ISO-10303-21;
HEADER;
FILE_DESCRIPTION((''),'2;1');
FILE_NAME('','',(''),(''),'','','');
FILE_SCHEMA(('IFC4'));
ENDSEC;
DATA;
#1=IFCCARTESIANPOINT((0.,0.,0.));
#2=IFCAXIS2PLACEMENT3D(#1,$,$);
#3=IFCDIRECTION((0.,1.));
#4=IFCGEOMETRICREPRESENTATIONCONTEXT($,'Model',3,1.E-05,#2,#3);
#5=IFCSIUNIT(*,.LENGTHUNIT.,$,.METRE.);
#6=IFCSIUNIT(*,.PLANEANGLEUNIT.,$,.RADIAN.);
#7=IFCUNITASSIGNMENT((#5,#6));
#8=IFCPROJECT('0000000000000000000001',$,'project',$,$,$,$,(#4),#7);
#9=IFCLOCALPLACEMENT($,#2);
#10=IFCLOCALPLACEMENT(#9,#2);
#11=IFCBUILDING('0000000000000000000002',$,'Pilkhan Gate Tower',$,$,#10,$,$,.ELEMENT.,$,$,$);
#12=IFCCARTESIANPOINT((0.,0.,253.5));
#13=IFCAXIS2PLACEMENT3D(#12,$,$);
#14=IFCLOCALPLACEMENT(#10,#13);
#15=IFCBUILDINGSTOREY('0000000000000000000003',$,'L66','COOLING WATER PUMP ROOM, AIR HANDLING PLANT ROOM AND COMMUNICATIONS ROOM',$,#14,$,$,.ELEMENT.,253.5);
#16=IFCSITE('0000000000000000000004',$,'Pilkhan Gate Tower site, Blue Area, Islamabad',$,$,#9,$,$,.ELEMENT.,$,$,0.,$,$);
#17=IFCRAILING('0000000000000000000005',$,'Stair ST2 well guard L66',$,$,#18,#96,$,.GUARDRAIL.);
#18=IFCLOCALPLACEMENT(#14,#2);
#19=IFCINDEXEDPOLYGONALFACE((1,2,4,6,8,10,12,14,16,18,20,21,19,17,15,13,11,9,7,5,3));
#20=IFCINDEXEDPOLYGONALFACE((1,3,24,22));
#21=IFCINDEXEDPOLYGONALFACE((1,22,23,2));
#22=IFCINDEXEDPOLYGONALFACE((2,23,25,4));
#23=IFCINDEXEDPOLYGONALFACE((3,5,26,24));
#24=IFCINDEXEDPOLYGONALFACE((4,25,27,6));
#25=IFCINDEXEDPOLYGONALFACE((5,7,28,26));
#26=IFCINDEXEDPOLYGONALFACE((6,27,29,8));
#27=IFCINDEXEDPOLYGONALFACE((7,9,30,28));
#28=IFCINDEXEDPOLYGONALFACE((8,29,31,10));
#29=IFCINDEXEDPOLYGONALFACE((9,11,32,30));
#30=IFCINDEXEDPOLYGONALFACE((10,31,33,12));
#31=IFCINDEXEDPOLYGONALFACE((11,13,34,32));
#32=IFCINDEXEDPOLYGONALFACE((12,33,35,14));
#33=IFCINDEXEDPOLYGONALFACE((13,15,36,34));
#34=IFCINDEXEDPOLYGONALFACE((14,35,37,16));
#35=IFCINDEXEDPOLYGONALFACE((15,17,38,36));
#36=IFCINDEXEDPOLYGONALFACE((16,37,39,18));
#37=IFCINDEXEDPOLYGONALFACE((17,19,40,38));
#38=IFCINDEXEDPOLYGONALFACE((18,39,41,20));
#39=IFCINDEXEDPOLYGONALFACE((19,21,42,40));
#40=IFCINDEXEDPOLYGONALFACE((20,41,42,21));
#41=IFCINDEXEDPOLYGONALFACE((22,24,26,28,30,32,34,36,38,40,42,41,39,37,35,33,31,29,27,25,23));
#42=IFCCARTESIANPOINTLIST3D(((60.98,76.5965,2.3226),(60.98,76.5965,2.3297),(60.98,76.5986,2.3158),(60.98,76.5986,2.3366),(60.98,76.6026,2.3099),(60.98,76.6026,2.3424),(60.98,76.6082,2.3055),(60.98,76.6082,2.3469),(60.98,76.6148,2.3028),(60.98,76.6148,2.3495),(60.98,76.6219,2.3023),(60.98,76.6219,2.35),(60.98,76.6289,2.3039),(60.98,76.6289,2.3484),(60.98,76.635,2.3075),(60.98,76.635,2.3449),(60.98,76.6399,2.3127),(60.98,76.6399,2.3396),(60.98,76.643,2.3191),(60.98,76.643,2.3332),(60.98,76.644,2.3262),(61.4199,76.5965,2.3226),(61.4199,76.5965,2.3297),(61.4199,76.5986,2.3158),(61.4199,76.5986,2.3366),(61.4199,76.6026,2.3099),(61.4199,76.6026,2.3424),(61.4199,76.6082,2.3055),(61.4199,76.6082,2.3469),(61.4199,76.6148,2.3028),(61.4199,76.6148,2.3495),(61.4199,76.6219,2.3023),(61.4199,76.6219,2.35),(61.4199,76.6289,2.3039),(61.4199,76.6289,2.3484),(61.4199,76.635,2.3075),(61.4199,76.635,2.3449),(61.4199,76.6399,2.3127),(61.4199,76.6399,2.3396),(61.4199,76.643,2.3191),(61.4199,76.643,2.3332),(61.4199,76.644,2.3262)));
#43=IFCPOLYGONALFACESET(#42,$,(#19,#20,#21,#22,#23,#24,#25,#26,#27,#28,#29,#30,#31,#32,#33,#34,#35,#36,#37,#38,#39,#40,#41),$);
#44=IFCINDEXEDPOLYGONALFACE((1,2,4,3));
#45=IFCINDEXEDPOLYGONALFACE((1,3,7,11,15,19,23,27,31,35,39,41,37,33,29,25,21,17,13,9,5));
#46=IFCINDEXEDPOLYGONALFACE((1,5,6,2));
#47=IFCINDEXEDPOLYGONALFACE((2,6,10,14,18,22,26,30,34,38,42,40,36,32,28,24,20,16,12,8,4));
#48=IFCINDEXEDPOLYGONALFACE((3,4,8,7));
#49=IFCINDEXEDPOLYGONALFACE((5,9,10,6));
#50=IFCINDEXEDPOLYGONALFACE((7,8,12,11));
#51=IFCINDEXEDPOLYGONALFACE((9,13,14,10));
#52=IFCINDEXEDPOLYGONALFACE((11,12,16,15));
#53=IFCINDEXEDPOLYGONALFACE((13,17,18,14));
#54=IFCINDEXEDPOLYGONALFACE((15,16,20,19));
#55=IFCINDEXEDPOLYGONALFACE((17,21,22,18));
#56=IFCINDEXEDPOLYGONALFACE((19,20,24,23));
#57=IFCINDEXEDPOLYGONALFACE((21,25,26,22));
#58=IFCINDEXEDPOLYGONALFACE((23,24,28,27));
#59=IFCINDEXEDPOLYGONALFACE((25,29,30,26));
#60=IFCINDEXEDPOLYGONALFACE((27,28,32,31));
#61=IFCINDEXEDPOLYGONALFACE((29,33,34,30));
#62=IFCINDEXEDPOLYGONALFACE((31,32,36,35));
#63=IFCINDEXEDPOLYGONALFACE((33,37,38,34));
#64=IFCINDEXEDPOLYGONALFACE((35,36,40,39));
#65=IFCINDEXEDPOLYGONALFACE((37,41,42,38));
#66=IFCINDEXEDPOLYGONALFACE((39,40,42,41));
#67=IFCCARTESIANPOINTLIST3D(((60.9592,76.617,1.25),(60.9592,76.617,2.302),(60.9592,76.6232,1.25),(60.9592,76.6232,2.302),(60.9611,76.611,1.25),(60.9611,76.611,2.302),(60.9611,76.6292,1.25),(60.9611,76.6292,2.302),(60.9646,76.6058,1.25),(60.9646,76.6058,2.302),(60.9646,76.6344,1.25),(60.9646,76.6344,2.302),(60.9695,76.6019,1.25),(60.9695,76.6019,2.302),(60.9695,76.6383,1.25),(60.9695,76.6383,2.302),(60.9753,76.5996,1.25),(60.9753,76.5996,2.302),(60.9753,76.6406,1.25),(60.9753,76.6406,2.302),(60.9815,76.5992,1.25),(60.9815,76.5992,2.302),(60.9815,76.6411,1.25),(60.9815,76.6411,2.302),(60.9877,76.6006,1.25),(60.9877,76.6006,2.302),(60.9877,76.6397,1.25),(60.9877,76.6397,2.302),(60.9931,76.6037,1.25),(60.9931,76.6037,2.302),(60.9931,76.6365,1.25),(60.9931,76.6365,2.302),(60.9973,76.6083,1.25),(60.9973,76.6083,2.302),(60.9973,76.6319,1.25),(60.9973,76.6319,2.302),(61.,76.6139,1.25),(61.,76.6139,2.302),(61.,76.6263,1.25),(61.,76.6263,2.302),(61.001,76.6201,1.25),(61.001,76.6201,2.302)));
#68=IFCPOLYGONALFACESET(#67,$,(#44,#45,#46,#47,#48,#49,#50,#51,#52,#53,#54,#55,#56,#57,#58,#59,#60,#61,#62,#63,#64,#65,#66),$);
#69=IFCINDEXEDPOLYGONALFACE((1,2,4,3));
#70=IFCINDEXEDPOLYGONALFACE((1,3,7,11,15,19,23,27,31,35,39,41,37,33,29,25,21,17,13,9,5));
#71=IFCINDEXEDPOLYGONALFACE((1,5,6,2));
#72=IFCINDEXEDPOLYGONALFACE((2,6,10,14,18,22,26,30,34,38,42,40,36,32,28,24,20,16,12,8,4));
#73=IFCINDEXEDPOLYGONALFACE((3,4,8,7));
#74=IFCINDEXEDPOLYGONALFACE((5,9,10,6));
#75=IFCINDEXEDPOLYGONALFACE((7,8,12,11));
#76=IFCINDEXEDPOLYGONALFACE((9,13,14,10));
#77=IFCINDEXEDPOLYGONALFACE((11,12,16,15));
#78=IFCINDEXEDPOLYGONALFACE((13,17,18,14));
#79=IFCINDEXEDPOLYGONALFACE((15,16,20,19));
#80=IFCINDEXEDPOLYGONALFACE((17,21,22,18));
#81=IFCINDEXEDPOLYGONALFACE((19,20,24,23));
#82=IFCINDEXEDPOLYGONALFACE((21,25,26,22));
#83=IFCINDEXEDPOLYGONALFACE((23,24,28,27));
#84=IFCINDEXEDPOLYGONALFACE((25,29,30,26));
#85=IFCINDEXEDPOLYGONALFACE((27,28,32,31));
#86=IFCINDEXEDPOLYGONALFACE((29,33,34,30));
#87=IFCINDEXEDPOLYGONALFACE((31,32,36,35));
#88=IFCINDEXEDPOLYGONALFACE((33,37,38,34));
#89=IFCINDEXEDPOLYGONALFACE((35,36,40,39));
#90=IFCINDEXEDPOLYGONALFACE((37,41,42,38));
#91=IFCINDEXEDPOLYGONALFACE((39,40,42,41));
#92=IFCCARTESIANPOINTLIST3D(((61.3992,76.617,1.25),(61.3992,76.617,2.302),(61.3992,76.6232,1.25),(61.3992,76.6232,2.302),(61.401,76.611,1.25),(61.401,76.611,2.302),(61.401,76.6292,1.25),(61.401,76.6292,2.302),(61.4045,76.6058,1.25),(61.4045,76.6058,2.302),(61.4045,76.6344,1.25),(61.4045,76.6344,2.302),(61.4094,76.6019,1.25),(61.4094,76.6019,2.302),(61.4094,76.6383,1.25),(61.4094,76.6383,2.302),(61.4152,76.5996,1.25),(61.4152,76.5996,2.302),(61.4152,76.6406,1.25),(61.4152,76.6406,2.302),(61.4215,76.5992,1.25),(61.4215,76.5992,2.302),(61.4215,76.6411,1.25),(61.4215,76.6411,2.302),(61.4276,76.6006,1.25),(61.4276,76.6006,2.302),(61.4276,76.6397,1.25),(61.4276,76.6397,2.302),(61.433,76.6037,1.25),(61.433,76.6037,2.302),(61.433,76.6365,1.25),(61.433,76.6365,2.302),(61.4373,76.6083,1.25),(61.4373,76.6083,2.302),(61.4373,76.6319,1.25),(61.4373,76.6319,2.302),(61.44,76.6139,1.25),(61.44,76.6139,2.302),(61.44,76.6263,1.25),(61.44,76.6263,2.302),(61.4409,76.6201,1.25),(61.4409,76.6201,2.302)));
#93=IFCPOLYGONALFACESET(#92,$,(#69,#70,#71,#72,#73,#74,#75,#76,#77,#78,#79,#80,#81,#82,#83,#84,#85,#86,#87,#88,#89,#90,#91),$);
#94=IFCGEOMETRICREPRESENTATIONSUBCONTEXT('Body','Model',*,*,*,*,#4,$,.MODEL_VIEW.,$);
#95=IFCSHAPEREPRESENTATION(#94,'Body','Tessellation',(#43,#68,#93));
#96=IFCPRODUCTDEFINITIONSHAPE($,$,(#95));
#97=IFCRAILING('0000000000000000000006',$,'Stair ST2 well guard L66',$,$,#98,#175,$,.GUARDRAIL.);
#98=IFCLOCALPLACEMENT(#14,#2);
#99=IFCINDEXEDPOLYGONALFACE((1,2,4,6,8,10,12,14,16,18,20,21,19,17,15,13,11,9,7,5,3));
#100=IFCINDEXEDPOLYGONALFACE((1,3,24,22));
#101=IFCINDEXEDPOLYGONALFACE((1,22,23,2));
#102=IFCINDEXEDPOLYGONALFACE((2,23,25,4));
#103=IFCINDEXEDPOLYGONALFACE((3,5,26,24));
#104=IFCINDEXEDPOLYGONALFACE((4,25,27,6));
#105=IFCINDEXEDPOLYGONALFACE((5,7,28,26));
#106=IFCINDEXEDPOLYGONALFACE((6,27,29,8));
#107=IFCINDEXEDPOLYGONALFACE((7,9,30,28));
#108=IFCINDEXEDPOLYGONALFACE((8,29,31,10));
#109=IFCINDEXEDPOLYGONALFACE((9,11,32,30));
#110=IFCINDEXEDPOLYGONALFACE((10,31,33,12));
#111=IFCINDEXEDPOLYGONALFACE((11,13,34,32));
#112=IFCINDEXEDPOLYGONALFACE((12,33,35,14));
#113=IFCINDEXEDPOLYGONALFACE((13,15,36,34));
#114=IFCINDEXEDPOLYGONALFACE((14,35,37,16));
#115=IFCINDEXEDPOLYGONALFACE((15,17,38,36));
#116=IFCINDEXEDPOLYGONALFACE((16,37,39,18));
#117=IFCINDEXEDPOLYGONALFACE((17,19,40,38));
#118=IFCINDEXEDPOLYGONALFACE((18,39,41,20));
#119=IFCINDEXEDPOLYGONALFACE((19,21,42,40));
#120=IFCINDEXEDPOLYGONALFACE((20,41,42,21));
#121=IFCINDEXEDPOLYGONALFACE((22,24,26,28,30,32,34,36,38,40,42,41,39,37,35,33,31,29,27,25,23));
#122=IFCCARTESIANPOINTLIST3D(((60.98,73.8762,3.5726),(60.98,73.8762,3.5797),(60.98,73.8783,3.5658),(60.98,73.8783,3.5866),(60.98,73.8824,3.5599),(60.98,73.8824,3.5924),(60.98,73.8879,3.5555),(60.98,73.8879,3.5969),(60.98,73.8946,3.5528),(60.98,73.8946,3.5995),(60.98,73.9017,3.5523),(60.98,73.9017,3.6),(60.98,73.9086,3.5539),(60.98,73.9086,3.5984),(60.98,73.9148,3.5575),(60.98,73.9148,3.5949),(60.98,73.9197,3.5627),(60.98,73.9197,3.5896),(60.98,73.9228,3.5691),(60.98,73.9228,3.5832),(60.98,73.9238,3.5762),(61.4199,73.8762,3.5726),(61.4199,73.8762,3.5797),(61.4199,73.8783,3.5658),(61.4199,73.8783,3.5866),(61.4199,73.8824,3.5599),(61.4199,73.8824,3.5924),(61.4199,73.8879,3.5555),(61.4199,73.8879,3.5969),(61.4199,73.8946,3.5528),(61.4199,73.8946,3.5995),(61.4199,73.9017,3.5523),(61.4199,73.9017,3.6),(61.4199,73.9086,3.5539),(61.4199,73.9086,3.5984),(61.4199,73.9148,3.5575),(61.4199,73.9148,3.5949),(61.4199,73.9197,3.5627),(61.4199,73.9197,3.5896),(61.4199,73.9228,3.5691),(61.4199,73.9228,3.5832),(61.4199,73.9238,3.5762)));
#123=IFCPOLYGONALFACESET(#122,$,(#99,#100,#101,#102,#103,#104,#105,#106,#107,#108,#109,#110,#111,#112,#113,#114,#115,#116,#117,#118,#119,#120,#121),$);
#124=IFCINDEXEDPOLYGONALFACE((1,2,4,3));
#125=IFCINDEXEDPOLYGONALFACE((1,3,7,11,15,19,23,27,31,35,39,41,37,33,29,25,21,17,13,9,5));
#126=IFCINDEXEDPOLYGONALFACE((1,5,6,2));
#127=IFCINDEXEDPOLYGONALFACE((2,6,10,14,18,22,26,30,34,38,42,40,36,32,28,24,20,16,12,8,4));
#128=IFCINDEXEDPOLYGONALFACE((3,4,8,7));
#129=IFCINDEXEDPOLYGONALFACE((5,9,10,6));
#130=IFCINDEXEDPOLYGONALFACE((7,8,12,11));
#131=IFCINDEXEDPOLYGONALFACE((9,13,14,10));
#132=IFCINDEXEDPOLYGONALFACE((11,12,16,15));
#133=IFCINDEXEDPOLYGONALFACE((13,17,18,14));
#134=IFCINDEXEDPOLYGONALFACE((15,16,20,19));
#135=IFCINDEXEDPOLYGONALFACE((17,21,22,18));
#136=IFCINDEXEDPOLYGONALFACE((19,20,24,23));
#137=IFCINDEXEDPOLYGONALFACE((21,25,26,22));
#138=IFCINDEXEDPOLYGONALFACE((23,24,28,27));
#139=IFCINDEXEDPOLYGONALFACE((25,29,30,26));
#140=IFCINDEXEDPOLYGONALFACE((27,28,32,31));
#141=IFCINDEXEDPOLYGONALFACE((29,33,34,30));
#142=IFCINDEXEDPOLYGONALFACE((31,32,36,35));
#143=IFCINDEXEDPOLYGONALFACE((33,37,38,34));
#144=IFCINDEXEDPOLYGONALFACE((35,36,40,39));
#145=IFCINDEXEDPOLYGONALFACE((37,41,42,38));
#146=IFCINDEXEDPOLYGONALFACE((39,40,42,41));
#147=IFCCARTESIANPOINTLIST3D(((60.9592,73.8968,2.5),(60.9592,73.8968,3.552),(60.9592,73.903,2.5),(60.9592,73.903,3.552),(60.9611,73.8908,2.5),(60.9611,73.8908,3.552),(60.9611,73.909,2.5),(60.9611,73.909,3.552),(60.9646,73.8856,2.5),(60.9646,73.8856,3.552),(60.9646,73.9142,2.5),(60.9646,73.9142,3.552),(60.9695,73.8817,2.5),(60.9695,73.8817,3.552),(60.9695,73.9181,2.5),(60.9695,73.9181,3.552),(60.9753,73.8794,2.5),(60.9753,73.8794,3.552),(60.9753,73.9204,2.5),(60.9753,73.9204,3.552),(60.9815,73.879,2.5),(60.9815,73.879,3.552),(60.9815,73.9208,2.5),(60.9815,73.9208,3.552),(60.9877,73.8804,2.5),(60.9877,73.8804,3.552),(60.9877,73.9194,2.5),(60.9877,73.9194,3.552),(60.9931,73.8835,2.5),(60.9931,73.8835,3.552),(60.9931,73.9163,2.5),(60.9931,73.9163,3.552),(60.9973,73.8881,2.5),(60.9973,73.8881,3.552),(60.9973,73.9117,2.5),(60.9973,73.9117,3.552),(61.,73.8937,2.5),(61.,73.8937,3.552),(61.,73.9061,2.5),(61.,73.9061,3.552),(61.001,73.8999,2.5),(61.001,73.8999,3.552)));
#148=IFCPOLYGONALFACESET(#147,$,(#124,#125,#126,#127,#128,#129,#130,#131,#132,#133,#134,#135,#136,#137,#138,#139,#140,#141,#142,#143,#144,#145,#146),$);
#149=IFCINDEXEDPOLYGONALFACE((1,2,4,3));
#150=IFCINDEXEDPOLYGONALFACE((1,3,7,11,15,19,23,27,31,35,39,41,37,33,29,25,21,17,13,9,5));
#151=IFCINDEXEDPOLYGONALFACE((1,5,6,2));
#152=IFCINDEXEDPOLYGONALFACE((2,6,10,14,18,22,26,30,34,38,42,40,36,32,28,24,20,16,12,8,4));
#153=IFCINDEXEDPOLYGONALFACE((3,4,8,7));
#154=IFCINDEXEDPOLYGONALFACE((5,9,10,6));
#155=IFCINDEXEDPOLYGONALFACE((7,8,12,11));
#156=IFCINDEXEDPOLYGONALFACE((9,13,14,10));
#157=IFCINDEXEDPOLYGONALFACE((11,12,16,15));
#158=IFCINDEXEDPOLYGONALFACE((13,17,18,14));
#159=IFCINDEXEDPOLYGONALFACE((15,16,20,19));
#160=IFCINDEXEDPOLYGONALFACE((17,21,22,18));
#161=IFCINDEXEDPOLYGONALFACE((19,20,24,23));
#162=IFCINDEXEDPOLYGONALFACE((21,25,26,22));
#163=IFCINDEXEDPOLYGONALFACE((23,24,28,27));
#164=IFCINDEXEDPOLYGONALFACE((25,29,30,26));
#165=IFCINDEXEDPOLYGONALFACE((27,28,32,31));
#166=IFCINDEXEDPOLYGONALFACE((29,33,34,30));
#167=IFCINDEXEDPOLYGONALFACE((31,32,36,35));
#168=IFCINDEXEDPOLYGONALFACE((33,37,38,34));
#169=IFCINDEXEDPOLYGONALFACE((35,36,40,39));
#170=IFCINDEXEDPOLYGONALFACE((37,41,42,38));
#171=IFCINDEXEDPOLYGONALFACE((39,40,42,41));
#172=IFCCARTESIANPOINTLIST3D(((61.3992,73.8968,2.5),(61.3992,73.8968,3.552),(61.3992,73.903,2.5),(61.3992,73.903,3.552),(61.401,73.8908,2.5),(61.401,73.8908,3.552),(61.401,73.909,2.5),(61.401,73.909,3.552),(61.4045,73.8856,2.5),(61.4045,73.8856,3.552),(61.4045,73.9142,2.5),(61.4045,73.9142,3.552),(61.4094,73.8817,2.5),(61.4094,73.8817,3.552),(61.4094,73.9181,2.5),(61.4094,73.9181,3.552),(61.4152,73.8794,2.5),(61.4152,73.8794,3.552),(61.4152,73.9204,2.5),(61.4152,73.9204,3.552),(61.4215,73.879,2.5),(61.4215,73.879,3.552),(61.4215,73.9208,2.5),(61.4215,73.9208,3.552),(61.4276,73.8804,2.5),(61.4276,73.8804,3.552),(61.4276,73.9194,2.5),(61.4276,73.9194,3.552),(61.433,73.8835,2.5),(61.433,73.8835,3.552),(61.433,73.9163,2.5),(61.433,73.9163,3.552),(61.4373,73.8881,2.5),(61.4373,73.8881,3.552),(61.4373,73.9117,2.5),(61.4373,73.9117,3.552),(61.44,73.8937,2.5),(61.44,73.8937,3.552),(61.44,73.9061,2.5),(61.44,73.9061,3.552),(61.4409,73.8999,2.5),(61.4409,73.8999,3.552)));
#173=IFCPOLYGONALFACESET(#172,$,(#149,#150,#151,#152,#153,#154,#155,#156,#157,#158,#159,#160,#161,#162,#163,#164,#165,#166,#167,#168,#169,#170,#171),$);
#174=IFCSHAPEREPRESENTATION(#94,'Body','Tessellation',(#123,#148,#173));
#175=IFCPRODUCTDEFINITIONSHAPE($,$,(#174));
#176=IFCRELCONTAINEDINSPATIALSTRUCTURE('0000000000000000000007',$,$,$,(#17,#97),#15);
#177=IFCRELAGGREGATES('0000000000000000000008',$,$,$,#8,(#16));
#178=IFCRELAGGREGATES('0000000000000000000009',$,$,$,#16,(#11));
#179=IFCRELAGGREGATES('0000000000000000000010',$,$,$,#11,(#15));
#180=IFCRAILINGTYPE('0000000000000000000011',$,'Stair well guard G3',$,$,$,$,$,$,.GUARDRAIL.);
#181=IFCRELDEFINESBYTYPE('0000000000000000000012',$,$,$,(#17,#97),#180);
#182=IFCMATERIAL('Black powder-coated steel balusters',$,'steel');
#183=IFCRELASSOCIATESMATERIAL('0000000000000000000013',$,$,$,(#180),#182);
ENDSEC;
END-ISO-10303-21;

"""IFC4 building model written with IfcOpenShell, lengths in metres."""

from ifc_helpers import new_model, si_unit, direction, frame, origin, origin_2d, place, context, subcontext, project, spatial, circle, extrude, material, type_object, element, save


model = new_model("IFC4")

# Units and contexts
model_context = context("Model", 3, precision=1e-05, world=origin(), true_north=direction((0.0, 1.0)))
body_context = subcontext(model_context, "Body", "Model", "MODEL_VIEW")
ifc_project = project(units=[si_unit("LENGTHUNIT", "METRE"), si_unit("PLANEANGLEUNIT", "RADIAN")], contexts=[model_context])

# Site, building, storey
site_placement = place(None, origin())
site = spatial("IfcSite", under=ifc_project, at=site_placement, Name="Pilkhan Gate Tower site, Blue Area, Islamabad", CompositionType="ELEMENT", RefElevation=0.0)
building_placement = place(site_placement, origin())
building = spatial("IfcBuilding", under=site, at=building_placement, Name="Pilkhan Gate Tower", CompositionType="ELEMENT")
storey_placement = place(building_placement, frame((0.0, 0.0, 253.5)))
storey = spatial("IfcBuildingStorey", under=building, at=storey_placement, Name="L66", Description="COOLING WATER PUMP ROOM, AIR HANDLING PLANT ROOM AND COMMUNICATIONS ROOM", CompositionType="ELEMENT", Elevation=253.5)

# Railings
ifc_material_1 = material(Name="Black powder-coated steel balusters", Category="steel")
railing_type_1 = type_object("IfcRailingType", Name="Stair well guard G3", PredefinedType="GUARDRAIL", material=ifc_material_1)
for number, where, name in (
    (1, (60.98, 76.6201, 1.25), "Stair ST2 well guard L66"),
    (2, (60.98, 73.8999, 2.5), "Stair ST2 well guard L66"),
):
    element("IfcRailing", number, at=place(storey_placement, frame(where)), inside=storey, type_object=railing_type_1, Name=name, PredefinedType="GUARDRAIL", context=body_context, shape_type="SweptSolid", body=[
        extrude(circle(Radius=0.0239, at=origin_2d()), frame((0.0, 0.0, 1.0762), z_axis=(1.0, 0.0, 0.0), x_axis=(0.0, 1.0, 0.0)), (0.0, 0.0, 1.0), 0.4399),
        extrude(circle(Radius=0.021, at=origin_2d()), origin(), (0.0, 0.0, 1.0), 1.052),
        extrude(circle(Radius=0.021, at=origin_2d()), frame((0.4399, 0.0, 0.0)), (0.0, 0.0, 1.0), 1.052),
    ])

save(model, "model.ifc")
